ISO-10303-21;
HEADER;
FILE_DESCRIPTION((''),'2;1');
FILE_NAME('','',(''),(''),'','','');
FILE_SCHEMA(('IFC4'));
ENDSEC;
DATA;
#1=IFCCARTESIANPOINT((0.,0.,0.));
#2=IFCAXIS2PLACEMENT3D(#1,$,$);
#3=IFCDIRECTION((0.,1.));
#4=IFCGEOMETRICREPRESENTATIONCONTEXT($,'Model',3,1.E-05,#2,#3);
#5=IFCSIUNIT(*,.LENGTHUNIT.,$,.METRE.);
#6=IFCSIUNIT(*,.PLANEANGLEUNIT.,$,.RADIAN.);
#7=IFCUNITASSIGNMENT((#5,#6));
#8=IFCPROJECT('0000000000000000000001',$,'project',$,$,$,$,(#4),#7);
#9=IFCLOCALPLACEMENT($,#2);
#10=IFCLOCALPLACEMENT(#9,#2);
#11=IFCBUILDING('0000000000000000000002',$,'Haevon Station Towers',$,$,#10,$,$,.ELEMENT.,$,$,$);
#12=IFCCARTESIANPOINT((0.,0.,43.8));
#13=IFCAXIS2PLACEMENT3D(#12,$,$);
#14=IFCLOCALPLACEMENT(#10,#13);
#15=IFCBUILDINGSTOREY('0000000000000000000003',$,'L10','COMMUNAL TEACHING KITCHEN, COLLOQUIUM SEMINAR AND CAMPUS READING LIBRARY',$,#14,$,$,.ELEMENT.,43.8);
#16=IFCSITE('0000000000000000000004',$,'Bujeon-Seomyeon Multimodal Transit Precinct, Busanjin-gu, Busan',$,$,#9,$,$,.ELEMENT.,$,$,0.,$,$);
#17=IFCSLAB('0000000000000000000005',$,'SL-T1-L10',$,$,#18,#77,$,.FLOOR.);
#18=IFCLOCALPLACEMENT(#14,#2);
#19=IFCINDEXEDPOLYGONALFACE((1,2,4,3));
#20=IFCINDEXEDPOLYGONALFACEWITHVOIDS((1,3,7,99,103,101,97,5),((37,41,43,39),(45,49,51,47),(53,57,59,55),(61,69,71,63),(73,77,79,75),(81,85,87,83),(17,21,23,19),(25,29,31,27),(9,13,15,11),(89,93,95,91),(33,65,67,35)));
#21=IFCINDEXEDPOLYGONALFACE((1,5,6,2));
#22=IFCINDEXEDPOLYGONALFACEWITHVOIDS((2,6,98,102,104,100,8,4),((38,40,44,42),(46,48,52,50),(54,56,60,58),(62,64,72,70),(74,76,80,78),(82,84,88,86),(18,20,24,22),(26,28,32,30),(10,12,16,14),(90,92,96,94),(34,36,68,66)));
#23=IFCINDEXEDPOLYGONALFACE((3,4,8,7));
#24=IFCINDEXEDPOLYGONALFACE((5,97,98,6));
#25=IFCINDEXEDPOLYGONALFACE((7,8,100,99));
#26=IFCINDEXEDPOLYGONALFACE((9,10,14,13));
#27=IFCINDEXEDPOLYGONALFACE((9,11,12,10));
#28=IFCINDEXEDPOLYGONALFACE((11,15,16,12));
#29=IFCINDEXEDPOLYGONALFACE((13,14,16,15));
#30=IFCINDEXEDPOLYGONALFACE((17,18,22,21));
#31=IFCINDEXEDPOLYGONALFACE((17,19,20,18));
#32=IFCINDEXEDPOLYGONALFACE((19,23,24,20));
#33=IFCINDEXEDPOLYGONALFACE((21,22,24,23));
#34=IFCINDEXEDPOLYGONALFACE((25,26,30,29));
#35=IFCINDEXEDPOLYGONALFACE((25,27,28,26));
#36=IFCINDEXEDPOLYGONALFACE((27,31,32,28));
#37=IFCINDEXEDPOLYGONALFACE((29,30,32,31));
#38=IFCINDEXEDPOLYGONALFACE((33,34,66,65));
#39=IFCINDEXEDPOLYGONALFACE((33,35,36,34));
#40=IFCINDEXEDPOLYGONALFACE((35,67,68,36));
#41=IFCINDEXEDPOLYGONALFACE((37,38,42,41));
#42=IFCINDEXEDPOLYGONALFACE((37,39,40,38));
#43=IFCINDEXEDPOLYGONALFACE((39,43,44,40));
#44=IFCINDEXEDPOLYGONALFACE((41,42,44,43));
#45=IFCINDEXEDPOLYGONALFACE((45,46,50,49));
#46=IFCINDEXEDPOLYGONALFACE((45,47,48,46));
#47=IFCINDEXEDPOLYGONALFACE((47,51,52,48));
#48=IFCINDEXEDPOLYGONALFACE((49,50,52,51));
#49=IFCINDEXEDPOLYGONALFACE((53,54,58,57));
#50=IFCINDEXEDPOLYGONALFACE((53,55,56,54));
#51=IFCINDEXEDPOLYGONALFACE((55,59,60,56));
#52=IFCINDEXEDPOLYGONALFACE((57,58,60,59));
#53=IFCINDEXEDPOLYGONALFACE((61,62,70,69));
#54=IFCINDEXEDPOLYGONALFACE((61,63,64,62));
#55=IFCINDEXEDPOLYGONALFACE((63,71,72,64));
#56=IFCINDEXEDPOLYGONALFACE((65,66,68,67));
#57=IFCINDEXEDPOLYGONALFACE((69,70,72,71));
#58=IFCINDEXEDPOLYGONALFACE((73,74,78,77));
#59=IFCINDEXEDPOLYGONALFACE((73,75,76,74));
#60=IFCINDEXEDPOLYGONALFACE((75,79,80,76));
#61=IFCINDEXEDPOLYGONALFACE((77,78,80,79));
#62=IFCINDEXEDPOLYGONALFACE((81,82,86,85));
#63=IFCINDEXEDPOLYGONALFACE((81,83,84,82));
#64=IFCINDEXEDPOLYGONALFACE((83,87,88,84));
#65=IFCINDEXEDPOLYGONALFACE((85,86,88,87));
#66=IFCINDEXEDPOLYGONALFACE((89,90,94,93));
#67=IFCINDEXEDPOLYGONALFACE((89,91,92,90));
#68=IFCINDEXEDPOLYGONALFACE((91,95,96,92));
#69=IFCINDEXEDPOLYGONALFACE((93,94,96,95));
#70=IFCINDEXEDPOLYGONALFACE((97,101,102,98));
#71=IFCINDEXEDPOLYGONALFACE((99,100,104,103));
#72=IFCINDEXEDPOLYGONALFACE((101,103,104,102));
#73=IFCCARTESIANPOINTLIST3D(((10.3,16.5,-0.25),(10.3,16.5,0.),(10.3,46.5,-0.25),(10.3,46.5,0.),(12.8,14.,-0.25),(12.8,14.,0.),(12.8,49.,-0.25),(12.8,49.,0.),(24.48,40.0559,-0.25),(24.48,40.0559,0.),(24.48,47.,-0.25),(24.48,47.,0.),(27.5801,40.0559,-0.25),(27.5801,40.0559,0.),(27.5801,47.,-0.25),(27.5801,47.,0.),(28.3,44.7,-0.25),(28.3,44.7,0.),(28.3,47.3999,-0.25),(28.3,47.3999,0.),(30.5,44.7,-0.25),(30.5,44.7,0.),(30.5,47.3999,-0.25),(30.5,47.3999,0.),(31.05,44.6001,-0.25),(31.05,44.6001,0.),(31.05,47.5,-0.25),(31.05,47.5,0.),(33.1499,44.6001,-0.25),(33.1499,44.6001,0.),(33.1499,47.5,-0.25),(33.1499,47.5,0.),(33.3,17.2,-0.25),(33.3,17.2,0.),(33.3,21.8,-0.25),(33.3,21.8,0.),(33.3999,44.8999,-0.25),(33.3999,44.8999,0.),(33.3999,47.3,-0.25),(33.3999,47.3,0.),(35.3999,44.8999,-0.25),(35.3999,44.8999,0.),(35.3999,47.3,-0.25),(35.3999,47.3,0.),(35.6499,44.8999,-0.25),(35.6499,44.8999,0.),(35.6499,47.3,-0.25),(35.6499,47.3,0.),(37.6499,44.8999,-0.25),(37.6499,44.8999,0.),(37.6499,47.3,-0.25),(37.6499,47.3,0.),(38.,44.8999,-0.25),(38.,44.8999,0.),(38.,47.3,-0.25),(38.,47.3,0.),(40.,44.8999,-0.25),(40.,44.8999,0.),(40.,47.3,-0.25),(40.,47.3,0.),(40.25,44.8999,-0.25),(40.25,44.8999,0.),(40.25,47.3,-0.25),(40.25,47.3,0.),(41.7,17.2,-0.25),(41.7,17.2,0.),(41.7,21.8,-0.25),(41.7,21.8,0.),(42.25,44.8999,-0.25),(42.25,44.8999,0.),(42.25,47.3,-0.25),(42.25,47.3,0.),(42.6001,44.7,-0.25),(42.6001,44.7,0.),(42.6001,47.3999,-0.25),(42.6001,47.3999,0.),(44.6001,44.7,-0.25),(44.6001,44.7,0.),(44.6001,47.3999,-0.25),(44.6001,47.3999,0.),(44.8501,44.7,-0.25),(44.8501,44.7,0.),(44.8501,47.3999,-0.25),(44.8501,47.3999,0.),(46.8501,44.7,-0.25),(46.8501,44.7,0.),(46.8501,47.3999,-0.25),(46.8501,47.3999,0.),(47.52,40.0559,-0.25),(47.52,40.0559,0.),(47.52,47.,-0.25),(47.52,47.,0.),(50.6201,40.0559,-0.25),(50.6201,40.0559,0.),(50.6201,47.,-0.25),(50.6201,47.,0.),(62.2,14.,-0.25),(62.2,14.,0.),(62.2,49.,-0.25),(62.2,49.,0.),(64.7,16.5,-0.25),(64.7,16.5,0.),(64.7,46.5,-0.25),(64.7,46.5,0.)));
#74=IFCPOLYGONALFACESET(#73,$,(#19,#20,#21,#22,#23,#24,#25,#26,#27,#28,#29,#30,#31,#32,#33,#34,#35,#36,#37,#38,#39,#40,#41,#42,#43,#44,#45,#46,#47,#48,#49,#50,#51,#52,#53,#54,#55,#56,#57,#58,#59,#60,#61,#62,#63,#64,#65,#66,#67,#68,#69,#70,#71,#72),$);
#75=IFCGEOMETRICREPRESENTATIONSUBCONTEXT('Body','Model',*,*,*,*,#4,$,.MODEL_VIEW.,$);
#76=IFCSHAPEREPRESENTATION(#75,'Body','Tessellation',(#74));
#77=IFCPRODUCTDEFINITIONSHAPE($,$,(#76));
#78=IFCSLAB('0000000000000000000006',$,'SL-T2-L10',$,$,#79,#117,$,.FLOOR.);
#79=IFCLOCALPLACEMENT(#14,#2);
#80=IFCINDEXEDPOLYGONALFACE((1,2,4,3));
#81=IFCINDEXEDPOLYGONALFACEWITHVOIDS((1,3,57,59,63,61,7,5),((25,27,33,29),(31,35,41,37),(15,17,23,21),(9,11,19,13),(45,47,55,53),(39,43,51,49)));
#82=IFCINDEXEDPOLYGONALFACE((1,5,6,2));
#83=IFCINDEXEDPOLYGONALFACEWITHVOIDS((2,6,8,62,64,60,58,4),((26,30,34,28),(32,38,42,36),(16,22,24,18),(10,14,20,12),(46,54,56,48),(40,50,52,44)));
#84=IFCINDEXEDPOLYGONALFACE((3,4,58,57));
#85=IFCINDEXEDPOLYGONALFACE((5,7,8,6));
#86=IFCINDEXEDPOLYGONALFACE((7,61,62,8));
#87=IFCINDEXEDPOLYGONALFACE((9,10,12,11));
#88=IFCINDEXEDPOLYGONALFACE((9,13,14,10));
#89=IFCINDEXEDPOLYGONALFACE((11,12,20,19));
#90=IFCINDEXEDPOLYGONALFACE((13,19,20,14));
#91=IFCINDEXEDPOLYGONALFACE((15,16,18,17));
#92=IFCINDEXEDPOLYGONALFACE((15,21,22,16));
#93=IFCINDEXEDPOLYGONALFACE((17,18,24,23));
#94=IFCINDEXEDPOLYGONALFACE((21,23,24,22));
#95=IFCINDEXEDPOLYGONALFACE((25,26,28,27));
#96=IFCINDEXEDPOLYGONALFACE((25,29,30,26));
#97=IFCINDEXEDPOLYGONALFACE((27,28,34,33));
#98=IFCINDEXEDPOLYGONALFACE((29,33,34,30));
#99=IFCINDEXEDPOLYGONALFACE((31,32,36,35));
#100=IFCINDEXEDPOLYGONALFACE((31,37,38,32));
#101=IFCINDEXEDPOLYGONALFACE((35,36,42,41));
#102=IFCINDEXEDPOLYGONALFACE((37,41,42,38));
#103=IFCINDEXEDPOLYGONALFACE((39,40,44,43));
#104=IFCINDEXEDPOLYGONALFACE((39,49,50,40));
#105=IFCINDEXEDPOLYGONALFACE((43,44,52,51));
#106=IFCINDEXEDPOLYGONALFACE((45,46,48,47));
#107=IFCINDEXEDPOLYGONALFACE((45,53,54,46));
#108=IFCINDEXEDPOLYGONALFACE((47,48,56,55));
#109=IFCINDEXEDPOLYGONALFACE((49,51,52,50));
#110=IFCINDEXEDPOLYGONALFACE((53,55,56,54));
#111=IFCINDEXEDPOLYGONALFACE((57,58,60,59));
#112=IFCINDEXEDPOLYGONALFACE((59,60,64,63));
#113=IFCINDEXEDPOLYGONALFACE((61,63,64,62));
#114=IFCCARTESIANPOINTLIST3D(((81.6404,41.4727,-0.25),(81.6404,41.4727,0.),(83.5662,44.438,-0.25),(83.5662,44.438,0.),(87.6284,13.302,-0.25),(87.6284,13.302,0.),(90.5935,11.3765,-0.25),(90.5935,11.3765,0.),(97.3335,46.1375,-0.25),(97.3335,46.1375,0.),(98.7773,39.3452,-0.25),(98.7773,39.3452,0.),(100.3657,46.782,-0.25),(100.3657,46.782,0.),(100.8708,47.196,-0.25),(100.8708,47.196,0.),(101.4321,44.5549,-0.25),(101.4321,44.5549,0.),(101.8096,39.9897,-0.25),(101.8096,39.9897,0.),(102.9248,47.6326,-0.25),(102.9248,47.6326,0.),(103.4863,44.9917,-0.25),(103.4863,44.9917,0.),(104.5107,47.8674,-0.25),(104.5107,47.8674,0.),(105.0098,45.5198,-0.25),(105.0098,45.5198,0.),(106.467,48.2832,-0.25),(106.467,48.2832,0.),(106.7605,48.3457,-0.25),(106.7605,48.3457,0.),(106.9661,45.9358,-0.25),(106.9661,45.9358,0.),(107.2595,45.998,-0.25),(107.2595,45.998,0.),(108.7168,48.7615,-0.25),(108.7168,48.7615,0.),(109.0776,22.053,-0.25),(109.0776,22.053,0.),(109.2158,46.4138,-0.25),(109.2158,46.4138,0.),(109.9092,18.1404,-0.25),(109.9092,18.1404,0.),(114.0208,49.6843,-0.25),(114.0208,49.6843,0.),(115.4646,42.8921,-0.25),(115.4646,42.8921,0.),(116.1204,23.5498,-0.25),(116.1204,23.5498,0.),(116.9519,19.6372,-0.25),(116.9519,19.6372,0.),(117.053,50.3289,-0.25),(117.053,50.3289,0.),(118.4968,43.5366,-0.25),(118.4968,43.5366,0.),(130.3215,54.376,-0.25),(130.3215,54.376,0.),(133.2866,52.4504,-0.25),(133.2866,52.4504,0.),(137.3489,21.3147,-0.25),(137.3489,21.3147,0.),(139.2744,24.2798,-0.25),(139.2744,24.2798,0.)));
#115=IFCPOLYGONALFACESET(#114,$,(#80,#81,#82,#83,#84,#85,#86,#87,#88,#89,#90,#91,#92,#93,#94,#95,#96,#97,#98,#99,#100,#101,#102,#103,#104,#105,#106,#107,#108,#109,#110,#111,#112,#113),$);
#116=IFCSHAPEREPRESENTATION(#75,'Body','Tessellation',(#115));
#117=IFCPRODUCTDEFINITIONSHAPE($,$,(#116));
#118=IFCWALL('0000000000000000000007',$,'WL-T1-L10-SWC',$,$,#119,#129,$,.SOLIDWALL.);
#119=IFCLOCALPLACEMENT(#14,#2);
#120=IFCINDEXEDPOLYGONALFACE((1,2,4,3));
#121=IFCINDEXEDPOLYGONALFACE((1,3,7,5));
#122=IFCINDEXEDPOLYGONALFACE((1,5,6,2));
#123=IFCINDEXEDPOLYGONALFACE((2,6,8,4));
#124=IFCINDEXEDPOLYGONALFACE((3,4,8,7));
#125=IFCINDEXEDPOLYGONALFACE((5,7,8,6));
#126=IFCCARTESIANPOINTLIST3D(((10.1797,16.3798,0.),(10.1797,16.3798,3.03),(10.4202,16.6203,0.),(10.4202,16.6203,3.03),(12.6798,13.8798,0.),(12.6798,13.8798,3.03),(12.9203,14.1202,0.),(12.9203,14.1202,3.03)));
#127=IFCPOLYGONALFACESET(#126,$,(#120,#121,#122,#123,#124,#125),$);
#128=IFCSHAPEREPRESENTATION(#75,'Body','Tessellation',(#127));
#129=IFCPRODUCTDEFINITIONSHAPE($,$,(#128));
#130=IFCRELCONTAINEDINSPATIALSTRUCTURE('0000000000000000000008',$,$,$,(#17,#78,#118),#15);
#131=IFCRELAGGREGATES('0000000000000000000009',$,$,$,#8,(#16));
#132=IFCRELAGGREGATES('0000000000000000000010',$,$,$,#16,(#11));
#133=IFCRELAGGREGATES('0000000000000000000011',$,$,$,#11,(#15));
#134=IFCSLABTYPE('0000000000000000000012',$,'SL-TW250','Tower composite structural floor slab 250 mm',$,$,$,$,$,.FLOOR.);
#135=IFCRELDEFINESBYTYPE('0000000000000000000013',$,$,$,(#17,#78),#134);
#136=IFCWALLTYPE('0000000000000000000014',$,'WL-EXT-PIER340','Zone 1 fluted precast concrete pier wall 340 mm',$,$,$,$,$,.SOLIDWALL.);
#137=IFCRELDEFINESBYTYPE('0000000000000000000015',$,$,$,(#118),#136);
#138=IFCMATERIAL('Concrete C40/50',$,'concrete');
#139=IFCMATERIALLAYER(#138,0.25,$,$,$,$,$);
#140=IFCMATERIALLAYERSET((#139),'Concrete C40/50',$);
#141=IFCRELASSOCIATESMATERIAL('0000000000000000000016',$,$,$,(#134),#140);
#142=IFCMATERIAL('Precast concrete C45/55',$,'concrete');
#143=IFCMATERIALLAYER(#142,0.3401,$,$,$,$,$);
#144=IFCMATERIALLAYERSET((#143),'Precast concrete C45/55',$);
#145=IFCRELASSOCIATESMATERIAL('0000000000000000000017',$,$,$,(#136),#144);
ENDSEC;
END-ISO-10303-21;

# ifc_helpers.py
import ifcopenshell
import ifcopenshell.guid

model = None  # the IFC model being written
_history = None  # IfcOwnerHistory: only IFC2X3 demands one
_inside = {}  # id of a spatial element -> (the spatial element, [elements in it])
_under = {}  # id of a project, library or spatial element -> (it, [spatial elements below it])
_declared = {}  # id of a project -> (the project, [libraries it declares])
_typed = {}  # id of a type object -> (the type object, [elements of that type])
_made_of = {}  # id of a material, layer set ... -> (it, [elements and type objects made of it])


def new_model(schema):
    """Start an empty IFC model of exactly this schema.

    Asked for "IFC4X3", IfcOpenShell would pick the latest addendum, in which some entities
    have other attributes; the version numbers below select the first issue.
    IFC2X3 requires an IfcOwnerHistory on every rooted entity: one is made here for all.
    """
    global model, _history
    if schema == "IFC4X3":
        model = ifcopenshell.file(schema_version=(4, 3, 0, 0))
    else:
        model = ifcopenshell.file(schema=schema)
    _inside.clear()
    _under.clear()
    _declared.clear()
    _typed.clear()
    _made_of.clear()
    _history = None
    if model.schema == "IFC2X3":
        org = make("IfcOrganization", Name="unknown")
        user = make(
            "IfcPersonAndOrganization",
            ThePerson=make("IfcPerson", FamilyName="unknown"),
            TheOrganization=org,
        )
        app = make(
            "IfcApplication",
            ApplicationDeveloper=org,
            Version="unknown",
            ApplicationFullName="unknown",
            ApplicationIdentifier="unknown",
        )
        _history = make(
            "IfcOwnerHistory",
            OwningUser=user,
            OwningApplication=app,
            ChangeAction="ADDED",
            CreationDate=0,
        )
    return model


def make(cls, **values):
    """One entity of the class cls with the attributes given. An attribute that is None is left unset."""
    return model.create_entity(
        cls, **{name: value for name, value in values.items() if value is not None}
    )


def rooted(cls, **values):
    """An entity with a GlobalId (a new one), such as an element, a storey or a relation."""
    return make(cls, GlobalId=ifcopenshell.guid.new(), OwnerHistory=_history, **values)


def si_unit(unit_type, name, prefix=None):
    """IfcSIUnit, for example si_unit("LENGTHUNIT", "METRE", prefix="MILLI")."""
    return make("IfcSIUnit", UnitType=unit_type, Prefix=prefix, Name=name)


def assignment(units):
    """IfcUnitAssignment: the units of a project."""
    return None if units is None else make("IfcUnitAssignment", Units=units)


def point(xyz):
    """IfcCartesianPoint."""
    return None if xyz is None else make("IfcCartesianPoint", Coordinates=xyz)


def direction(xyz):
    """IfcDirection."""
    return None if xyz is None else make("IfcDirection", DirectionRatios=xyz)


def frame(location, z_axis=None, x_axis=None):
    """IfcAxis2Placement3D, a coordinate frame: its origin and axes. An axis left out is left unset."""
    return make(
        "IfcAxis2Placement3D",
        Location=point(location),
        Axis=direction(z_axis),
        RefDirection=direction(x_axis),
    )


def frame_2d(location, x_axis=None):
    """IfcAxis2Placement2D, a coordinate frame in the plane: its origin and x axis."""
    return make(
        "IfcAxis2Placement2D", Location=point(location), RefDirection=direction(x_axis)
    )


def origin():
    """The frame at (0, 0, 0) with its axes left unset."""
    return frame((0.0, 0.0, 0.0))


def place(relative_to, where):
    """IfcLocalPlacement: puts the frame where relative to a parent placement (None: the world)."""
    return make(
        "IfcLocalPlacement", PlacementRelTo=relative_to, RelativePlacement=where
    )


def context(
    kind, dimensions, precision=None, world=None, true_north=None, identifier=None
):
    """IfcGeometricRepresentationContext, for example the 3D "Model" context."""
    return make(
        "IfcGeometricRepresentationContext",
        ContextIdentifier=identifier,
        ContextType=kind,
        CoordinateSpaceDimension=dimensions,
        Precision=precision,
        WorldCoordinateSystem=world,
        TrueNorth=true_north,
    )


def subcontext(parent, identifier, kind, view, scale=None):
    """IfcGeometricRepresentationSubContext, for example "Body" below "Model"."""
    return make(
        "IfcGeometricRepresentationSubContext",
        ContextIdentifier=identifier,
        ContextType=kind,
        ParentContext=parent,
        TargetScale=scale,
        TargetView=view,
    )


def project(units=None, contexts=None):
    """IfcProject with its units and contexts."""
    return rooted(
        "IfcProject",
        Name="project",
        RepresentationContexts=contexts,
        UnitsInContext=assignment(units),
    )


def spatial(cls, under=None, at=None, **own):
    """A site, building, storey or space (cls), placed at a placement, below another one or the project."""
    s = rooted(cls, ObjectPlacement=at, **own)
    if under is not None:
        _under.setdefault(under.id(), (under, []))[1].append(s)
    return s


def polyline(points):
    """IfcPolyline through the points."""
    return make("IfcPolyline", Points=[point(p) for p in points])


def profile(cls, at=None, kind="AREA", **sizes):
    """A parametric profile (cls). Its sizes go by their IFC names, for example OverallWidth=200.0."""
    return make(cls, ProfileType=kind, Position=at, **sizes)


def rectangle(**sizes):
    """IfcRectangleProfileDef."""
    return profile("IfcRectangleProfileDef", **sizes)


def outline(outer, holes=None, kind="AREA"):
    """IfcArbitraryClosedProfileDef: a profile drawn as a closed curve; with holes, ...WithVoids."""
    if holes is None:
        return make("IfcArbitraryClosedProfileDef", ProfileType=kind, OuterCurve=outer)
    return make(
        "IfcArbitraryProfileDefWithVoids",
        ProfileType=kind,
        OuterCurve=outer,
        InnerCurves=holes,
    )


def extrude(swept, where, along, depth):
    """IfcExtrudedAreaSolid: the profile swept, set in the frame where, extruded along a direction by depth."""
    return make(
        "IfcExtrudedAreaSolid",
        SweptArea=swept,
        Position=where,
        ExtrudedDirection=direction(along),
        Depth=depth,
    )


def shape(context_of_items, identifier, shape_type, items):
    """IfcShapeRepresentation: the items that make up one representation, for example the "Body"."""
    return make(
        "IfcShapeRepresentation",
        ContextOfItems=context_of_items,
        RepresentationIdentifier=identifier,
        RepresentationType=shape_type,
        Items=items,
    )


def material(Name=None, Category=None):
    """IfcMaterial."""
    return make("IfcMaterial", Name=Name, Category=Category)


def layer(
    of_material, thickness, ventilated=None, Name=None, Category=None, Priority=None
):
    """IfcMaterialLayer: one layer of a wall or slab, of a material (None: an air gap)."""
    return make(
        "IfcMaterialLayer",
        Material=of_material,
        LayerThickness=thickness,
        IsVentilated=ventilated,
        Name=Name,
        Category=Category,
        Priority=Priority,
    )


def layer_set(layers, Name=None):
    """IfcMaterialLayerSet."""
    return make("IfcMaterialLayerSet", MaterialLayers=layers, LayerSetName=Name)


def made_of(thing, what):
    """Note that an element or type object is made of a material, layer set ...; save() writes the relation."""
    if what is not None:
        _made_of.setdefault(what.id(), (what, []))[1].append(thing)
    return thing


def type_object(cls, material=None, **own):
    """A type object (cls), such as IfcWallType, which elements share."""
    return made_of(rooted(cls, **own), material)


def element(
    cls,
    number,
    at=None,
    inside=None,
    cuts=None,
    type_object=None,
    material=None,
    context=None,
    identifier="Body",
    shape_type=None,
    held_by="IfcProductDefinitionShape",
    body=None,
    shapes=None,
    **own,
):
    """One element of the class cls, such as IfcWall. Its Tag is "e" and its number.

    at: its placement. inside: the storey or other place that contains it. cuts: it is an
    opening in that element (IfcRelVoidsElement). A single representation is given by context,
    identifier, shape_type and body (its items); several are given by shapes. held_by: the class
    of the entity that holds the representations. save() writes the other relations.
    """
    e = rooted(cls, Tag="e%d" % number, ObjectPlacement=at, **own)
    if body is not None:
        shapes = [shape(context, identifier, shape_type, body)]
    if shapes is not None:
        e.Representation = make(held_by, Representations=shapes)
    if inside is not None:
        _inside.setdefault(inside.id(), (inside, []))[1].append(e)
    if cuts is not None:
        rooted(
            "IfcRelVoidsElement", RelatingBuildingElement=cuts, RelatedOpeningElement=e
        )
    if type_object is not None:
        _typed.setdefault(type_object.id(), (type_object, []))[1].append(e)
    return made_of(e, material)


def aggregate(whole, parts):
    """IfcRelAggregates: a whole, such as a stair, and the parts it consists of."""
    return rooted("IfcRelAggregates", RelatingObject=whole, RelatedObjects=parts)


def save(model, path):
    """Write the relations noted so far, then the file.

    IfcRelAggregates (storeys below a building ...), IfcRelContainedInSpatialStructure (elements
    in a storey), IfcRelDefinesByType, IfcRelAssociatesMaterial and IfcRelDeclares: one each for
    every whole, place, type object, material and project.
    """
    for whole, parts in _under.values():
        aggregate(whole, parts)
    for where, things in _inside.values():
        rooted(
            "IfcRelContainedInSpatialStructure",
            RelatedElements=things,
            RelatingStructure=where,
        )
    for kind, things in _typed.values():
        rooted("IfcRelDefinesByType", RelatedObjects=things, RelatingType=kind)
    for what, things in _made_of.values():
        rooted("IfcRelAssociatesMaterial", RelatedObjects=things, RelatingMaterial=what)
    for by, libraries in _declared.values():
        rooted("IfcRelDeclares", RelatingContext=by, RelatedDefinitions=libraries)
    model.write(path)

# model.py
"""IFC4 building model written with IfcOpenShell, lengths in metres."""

from ifc_helpers import new_model, si_unit, direction, frame, frame_2d, origin, place, context, subcontext, project, spatial, polyline, rectangle, outline, extrude, material, layer, layer_set, type_object, element, save


model = new_model("IFC4")

# Units and contexts
model_context = context("Model", 3, precision=1e-05, world=origin(), true_north=direction((0.0, 1.0)))
body_context = subcontext(model_context, "Body", "Model", "MODEL_VIEW")
ifc_project = project(units=[si_unit("LENGTHUNIT", "METRE"), si_unit("PLANEANGLEUNIT", "RADIAN")], contexts=[model_context])

# Site, building, storey
site_placement = place(None, origin())
site = spatial("IfcSite", under=ifc_project, at=site_placement, Name="Bujeon-Seomyeon Multimodal Transit Precinct, Busanjin-gu, Busan", CompositionType="ELEMENT", RefElevation=0.0)
building_placement = place(site_placement, origin())
building = spatial("IfcBuilding", under=site, at=building_placement, Name="Haevon Station Towers", CompositionType="ELEMENT")
storey_placement = place(building_placement, frame((0.0, 0.0, 43.8)))
storey = spatial("IfcBuildingStorey", under=building, at=storey_placement, Name="L10", Description="COMMUNAL TEACHING KITCHEN, COLLOQUIUM SEMINAR AND CAMPUS READING LIBRARY", CompositionType="ELEMENT", Elevation=43.8)

# Shared definitions
ifc_material_1 = material(Name="Concrete C40/50", Category="concrete")

# Slabs
ifc_layer_1 = layer(ifc_material_1, 0.25)
ifc_layer_set_1 = layer_set([ifc_layer_1], Name="Concrete C40/50")
slab_type_1 = type_object("IfcSlabType", Name="SL-TW250", Description="Tower composite structural floor slab 250 mm", PredefinedType="FLOOR", material=ifc_layer_set_1)
slab_1_placement = place(storey_placement, frame((0.0, 0.0, -0.25)))
element("IfcSlab", 1, at=slab_1_placement, inside=storey, type_object=slab_type_1, Name="SL-T1-L10", PredefinedType="FLOOR", context=body_context, shape_type="SweptSolid", body=[
    extrude(outline(polyline([(12.8, 14.0), (62.2, 14.0), (64.7, 16.5), (64.7, 46.5), (62.2, 49.0), (12.8, 49.0), (10.3, 46.5), (10.3, 16.5), (12.8, 14.0)]), holes=[polyline([(27.5801, 40.0559), (27.5801, 47.0), (24.48, 47.0), (24.48, 40.0559), (27.5801, 40.0559)]), polyline([(50.6201, 40.0559), (50.6201, 47.0), (47.52, 47.0), (47.52, 40.0559), (50.6201, 40.0559)]), polyline([(28.3, 44.7), (30.5, 44.7), (30.5, 47.3999), (28.3, 47.3999), (28.3, 44.7)]), polyline([(31.05, 44.6001), (33.1499, 44.6001), (33.1499, 47.5), (31.05, 47.5), (31.05, 44.6001)]), polyline([(33.3999, 44.8999), (35.3999, 44.8999), (35.3999, 47.3), (33.3999, 47.3), (33.3999, 44.8999)]), polyline([(35.6499, 44.8999), (37.6499, 44.8999), (37.6499, 47.3), (35.6499, 47.3), (35.6499, 44.8999)]), polyline([(38.0, 44.8999), (40.0, 44.8999), (40.0, 47.3), (38.0, 47.3), (38.0, 44.8999)]), polyline([(40.25, 44.8999), (42.25, 44.8999), (42.25, 47.3), (40.25, 47.3), (40.25, 44.8999)]), polyline([(42.6001, 44.7), (44.6001, 44.7), (44.6001, 47.3999), (42.6001, 47.3999), (42.6001, 44.7)]), polyline([(44.8501, 44.7), (46.8501, 44.7), (46.8501, 47.3999), (44.8501, 47.3999), (44.8501, 44.7)]), polyline([(33.3, 17.2), (41.7, 17.2), (41.7, 21.8), (33.3, 21.8), (33.3, 17.2)])]), origin(), (0.0, 0.0, 1.0), 0.25),
])
slab_2_placement = place(storey_placement, frame((0.0, 0.0, -0.25)))
element("IfcSlab", 2, at=slab_2_placement, inside=storey, type_object=slab_type_1, Name="SL-T2-L10", PredefinedType="FLOOR", context=body_context, shape_type="SweptSolid", body=[
    extrude(outline(polyline([(90.5935, 11.3765), (137.3489, 21.3147), (139.2744, 24.2798), (133.2866, 52.4504), (130.3215, 54.376), (83.5662, 44.438), (81.6404, 41.4727), (87.6284, 13.302), (90.5935, 11.3765)]), holes=[polyline([(101.8096, 39.9897), (100.3657, 46.782), (97.3335, 46.1375), (98.7773, 39.3452), (101.8096, 39.9897)]), polyline([(118.4968, 43.5366), (117.053, 50.3289), (114.0208, 49.6843), (115.4646, 42.8921), (118.4968, 43.5366)]), polyline([(101.4321, 44.5549), (103.4863, 44.9917), (102.9248, 47.6326), (100.8708, 47.196), (101.4321, 44.5549)]), polyline([(105.0098, 45.5198), (106.9661, 45.9358), (106.467, 48.2832), (104.5107, 47.8674), (105.0098, 45.5198)]), polyline([(107.2595, 45.998), (109.2158, 46.4138), (108.7168, 48.7615), (106.7605, 48.3457), (107.2595, 45.998)]), polyline([(109.9092, 18.1404), (116.9519, 19.6372), (116.1204, 23.5498), (109.0776, 22.053), (109.9092, 18.1404)])]), origin(), (0.0, 0.0, 1.0), 0.25),
])

# Wall
ifc_material_2 = material(Name="Precast concrete C45/55", Category="concrete")
ifc_layer_2 = layer(ifc_material_2, 0.3401)
ifc_layer_set_2 = layer_set([ifc_layer_2], Name="Precast concrete C45/55")
wall_type_1 = type_object("IfcWallType", Name="WL-EXT-PIER340", Description="Zone 1 fluted precast concrete pier wall 340 mm", PredefinedType="SOLIDWALL", material=ifc_layer_set_2)
wall_1_placement = place(storey_placement, frame((12.8, 14.0, 0.0), z_axis=(0.0, 0.0, 1.0), x_axis=(-0.707107, 0.707107, 0.0)))
element("IfcWall", 3, at=wall_1_placement, inside=storey, type_object=wall_type_1, Name="WL-T1-L10-SWC", PredefinedType="SOLIDWALL", context=body_context, shape_type="SweptSolid", body=[
    extrude(rectangle(XDim=3.5356, YDim=0.3401, at=frame_2d((1.7678, 0.0))), origin(), (0.0, 0.0, 1.0), 3.03),
])

save(model, "model.ifc")
